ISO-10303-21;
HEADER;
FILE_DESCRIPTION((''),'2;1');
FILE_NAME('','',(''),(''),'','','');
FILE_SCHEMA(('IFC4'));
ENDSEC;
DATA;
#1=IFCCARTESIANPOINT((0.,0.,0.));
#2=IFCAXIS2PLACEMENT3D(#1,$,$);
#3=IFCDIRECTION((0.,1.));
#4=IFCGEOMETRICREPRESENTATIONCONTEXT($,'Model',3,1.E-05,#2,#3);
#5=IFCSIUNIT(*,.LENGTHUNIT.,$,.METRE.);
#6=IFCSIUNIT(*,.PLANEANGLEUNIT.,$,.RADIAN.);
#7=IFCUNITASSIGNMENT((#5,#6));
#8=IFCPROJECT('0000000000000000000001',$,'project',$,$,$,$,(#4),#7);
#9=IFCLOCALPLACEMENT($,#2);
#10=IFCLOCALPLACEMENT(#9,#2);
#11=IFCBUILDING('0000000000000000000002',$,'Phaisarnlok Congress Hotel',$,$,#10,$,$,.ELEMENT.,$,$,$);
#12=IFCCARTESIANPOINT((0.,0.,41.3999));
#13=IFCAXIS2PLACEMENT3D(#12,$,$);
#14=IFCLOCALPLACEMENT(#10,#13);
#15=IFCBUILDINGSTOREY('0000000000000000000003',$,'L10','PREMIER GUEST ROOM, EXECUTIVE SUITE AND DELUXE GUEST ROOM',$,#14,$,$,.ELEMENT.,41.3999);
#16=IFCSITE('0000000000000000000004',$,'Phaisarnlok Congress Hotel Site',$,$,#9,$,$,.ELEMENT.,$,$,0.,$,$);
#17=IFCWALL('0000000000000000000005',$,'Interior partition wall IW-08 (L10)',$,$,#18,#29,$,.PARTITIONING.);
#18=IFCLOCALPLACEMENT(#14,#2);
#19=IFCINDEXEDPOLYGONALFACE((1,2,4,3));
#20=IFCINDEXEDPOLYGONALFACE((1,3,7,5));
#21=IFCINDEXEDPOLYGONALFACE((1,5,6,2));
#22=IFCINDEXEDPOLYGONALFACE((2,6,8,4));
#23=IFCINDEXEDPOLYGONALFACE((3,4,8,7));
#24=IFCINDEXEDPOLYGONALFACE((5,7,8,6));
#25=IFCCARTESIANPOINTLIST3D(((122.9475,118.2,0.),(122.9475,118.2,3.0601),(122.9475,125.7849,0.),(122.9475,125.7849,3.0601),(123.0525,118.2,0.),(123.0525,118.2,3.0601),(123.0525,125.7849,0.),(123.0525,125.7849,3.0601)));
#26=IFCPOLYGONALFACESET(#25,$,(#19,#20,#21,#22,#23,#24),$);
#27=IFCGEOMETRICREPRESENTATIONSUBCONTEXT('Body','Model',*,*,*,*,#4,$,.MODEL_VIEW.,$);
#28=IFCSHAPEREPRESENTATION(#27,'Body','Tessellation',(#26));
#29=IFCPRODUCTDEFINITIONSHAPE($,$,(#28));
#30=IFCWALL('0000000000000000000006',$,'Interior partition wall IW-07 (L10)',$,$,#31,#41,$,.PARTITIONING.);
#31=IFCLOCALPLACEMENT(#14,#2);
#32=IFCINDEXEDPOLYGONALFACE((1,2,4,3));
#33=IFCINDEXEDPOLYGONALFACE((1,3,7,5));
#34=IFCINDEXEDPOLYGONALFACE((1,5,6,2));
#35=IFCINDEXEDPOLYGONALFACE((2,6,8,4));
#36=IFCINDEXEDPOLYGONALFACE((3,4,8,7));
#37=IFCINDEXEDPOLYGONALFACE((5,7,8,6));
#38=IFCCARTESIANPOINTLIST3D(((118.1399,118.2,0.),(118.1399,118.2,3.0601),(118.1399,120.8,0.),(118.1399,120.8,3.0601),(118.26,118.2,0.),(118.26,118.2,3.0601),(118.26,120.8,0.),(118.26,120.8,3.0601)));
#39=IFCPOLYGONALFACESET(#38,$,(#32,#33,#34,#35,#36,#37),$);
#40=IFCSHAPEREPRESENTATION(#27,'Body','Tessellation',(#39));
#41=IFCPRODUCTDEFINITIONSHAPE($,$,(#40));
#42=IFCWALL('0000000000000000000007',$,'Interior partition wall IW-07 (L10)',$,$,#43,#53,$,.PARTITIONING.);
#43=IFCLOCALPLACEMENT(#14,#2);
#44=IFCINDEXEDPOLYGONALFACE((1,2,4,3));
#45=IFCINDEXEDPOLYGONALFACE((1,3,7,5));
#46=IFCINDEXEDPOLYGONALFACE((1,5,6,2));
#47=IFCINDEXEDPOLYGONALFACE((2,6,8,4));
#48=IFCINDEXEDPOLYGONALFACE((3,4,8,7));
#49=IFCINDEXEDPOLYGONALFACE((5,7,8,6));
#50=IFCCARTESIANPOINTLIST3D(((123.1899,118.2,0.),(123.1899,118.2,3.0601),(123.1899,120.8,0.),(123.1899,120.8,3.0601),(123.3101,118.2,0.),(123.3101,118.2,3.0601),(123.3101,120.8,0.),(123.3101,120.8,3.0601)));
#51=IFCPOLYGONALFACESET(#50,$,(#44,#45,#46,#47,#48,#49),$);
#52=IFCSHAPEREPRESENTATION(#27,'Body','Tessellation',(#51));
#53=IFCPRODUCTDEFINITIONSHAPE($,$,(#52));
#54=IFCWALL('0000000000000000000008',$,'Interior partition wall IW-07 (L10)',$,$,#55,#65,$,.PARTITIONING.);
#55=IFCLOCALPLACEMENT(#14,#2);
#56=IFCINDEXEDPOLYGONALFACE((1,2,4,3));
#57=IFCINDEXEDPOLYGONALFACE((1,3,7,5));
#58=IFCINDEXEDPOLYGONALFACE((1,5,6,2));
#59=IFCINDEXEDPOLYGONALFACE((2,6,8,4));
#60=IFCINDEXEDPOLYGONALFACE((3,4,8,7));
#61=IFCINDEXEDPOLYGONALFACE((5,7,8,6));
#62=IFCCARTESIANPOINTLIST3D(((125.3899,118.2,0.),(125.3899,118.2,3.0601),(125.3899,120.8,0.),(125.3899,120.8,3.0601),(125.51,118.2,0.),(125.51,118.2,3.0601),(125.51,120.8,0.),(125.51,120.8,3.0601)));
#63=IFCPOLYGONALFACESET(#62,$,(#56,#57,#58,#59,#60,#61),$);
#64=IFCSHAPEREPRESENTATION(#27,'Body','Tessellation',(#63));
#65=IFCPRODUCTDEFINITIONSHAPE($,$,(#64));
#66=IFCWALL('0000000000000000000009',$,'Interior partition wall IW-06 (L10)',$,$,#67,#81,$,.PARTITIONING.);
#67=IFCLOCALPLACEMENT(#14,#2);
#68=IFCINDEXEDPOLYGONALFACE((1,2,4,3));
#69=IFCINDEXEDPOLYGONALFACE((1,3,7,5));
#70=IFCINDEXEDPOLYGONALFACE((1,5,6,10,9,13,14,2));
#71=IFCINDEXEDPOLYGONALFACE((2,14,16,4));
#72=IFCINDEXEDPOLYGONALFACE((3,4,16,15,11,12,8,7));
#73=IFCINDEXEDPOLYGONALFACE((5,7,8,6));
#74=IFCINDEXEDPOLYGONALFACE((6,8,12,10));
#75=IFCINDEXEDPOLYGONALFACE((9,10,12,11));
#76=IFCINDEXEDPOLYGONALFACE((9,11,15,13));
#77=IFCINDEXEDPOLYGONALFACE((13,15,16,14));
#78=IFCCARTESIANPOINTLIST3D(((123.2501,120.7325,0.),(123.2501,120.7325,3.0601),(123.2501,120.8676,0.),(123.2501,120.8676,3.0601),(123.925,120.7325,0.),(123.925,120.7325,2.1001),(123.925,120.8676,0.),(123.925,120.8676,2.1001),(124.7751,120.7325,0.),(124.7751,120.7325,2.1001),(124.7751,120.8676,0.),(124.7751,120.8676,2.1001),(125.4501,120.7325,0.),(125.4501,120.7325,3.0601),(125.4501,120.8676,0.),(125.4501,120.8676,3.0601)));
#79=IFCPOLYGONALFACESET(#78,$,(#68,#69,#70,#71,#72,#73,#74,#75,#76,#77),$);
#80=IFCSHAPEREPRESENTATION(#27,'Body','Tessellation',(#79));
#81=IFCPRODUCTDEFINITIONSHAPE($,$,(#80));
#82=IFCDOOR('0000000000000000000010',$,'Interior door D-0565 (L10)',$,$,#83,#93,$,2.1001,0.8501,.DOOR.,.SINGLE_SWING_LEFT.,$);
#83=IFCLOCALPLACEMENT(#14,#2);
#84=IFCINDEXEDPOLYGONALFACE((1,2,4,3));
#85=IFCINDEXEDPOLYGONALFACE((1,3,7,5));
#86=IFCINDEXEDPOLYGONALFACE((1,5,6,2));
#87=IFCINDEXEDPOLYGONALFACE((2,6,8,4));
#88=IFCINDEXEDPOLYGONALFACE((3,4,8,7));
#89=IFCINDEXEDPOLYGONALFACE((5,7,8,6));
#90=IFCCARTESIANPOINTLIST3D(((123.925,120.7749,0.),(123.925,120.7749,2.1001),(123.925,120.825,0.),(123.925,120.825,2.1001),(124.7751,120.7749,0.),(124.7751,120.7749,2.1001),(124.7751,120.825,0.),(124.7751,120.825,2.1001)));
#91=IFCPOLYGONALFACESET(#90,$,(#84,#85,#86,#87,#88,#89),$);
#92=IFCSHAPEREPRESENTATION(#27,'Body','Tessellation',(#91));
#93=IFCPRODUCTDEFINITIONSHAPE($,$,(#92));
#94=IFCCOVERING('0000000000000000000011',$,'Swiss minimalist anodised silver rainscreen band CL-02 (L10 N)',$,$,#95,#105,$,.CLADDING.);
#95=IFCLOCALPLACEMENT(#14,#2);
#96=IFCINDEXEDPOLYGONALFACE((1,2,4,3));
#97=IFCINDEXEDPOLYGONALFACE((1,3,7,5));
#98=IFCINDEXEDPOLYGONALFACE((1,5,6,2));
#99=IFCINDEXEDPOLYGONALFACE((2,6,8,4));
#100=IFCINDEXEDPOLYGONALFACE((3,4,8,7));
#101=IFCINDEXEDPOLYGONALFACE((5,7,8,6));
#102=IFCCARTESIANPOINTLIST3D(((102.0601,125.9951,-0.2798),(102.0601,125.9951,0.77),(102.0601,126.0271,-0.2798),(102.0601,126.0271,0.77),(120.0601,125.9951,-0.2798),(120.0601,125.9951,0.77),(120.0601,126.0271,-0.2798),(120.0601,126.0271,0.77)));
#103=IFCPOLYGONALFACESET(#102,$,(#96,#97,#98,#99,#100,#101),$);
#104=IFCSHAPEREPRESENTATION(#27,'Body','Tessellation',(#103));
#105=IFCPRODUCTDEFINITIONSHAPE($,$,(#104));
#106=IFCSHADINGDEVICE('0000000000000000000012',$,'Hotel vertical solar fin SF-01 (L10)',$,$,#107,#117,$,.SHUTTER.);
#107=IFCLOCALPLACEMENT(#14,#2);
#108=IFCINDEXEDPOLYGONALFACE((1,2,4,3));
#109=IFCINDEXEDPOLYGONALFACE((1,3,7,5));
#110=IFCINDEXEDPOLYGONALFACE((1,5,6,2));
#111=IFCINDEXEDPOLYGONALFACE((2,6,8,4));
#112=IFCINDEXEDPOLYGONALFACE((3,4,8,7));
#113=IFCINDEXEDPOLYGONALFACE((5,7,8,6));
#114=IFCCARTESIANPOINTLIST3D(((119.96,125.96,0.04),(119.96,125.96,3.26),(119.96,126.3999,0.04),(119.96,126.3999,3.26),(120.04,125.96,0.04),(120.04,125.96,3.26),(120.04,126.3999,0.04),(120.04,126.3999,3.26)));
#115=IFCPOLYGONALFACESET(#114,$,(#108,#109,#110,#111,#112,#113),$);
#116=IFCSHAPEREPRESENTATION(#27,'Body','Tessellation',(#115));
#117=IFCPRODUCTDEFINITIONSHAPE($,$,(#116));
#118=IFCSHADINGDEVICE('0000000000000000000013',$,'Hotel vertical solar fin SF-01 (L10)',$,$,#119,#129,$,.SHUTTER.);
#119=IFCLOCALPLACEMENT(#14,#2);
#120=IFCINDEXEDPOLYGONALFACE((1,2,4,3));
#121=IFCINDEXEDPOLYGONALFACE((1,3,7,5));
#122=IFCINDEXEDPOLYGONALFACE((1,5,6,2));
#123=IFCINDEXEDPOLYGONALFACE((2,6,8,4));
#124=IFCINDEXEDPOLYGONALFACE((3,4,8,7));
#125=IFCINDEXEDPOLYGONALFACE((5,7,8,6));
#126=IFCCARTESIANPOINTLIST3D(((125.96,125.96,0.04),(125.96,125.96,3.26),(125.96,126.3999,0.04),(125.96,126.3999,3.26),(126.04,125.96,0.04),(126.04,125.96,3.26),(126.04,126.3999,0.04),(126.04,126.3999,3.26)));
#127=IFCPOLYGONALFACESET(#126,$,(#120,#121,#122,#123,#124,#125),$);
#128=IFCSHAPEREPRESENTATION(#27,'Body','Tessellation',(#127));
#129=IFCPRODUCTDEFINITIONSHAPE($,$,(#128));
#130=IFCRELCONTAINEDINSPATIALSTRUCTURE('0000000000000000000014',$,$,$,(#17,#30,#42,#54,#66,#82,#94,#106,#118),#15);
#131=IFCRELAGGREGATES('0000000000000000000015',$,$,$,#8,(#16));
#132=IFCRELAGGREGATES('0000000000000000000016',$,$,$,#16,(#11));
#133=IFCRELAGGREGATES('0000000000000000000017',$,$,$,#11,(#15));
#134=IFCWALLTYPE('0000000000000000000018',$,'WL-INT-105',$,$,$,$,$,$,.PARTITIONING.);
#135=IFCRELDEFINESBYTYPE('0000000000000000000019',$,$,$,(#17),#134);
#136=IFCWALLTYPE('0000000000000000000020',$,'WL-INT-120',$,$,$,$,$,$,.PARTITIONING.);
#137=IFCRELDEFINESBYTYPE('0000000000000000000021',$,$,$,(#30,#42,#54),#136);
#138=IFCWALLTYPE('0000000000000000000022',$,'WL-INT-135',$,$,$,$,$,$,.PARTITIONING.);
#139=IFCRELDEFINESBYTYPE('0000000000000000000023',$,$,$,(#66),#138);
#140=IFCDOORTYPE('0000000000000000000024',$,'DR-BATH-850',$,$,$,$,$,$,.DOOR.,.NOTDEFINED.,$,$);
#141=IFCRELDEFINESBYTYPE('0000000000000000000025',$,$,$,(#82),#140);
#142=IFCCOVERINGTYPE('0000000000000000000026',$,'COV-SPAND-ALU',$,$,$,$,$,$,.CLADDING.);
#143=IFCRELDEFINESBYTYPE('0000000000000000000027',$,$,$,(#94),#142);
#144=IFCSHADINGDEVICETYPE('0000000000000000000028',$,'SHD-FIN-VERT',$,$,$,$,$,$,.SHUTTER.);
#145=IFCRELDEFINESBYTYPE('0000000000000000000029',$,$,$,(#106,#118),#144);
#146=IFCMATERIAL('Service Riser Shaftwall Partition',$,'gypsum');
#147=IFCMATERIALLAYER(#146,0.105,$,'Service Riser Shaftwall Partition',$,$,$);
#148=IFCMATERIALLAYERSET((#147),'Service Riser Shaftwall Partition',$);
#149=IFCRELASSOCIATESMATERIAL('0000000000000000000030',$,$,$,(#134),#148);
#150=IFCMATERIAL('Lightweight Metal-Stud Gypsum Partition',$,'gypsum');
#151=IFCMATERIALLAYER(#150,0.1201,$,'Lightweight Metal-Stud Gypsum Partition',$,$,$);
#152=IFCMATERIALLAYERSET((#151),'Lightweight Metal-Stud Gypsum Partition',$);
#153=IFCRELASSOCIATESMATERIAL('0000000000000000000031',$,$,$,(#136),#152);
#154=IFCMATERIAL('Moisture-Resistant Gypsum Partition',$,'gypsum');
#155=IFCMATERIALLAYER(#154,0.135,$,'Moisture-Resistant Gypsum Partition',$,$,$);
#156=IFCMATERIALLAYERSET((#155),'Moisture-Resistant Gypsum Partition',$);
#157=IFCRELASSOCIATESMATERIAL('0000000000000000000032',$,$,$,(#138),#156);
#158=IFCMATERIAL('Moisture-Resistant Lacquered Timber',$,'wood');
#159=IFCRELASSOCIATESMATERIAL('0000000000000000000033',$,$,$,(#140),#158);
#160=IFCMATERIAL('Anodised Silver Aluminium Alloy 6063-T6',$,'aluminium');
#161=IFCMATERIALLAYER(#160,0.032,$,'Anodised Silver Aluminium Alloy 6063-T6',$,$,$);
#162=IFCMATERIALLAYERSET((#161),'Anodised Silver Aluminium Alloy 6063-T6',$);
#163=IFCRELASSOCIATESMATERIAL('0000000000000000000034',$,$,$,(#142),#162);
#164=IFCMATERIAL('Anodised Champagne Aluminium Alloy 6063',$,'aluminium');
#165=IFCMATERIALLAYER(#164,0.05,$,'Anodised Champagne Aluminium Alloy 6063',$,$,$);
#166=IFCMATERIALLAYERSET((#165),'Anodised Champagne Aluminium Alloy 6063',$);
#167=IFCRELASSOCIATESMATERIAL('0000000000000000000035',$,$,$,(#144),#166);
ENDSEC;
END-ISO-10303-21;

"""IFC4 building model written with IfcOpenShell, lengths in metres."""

from ifc_helpers import new_model, si_unit, direction, frame, frame_2d, origin, origin_2d, place, context, subcontext, project, spatial, polyline, rectangle, outline, extrude, material, layer, layer_set, type_object, element, fill, save


model = new_model("IFC4")

# Units and contexts
model_context = context("Model", 3, precision=1e-05, world=origin(), true_north=direction((0.0, 1.0)))
body_context = subcontext(model_context, "Body", "Model", "MODEL_VIEW")
ifc_project = project(units=[si_unit("LENGTHUNIT", "METRE"), si_unit("PLANEANGLEUNIT", "RADIAN")], contexts=[model_context])

# Site, building, storey
site_placement = place(None, origin())
site = spatial("IfcSite", under=ifc_project, at=site_placement, Name="Phaisarnlok Congress Hotel Site", CompositionType="ELEMENT", RefElevation=0.0)
building_placement = place(site_placement, origin())
building = spatial("IfcBuilding", under=site, at=building_placement, Name="Phaisarnlok Congress Hotel", CompositionType="ELEMENT")
storey_placement = place(building_placement, frame((0.0, 0.0, 41.3999)))
storey = spatial("IfcBuildingStorey", under=building, at=storey_placement, Name="L10", Description="PREMIER GUEST ROOM, EXECUTIVE SUITE AND DELUXE GUEST ROOM", CompositionType="ELEMENT", Elevation=41.3999)

# Walls
ifc_material_1 = material(Name="Service Riser Shaftwall Partition", Category="gypsum")
ifc_layer_1 = layer(ifc_material_1, 0.105, Name="Service Riser Shaftwall Partition")
ifc_layer_set_1 = layer_set([ifc_layer_1], Name="Service Riser Shaftwall Partition")
wall_type_1 = type_object("IfcWallType", Name="WL-INT-105", PredefinedType="PARTITIONING", material=ifc_layer_set_1)
wall_1_placement = place(storey_placement, frame((123.0, 118.2, 0.0), z_axis=(0.0, 0.0, 1.0), x_axis=(0.0, 1.0, 0.0)))
element("IfcWall", 1, at=wall_1_placement, inside=storey, type_object=wall_type_1, Name="Interior partition wall IW-08 (L10)", PredefinedType="PARTITIONING", context=body_context, shape_type="SweptSolid", body=[
    extrude(rectangle(XDim=7.585, YDim=0.105, at=frame_2d((3.7925, 0.0))), origin(), (0.0, 0.0, 1.0), 3.0601),
])
ifc_material_2 = material(Name="Lightweight Metal-Stud Gypsum Partition", Category="gypsum")
ifc_layer_2 = layer(ifc_material_2, 0.1201, Name="Lightweight Metal-Stud Gypsum Partition")
ifc_layer_set_2 = layer_set([ifc_layer_2], Name="Lightweight Metal-Stud Gypsum Partition")
wall_type_2 = type_object("IfcWallType", Name="WL-INT-120", PredefinedType="PARTITIONING", material=ifc_layer_set_2)
for number, where, z_axis, x_axis, name in (
    (2, (118.2, 118.2, 0.0), (0.0, 0.0, 1.0), (0.0, 1.0, 0.0), "Interior partition wall IW-07 (L10)"),
    (3, (123.25, 118.2, 0.0), (0.0, 0.0, 1.0), (0.0, 1.0, 0.0), "Interior partition wall IW-07 (L10)"),
    (4, (125.45, 118.2, 0.0), (0.0, 0.0, 1.0), (0.0, 1.0, 0.0), "Interior partition wall IW-07 (L10)"),
):
    element("IfcWall", number, at=place(storey_placement, frame(where, z_axis=z_axis, x_axis=x_axis)), inside=storey, type_object=wall_type_2, Name=name, PredefinedType="PARTITIONING", context=body_context, shape_type="SweptSolid", body=[
        extrude(rectangle(XDim=2.6001, YDim=0.1201, at=frame_2d((1.3, 0.0))), origin(), (0.0, 0.0, 1.0), 3.0601),
    ])

# Wall, opening, door
ifc_material_3 = material(Name="Moisture-Resistant Gypsum Partition", Category="gypsum")
ifc_layer_3 = layer(ifc_material_3, 0.135, Name="Moisture-Resistant Gypsum Partition")
ifc_layer_set_3 = layer_set([ifc_layer_3], Name="Moisture-Resistant Gypsum Partition")
wall_type_3 = type_object("IfcWallType", Name="WL-INT-135", PredefinedType="PARTITIONING", material=ifc_layer_set_3)
wall_2_placement = place(storey_placement, frame((123.25, 120.8, 0.0), z_axis=(0.0, 0.0, 1.0), x_axis=(1.0, 0.0, 0.0)))
wall_2 = element("IfcWall", 5, at=wall_2_placement, inside=storey, type_object=wall_type_3, Name="Interior partition wall IW-06 (L10)", PredefinedType="PARTITIONING", context=body_context, shape_type="SweptSolid", body=[
    extrude(rectangle(XDim=2.2, YDim=0.135, at=frame_2d((1.1001, 0.0))), origin(), (0.0, 0.0, 1.0), 3.0601),
])
opening_1_placement = place(wall_2_placement, frame((0.675, 0.0, 0.0)))
opening_1 = element("IfcOpeningElement", 6, at=opening_1_placement, cuts=wall_2, PredefinedType="OPENING", context=body_context, shape_type="SweptSolid", body=[
    extrude(rectangle(XDim=0.8501, YDim=2.1001, at=frame_2d((0.425, 1.05))), frame((0.0, 0.0776, 0.0), z_axis=(0.0, -1.0, 0.0), x_axis=(1.0, 0.0, 0.0)), (0.0, 0.0, 1.0), 0.155),
])
ifc_material_4 = material(Name="Moisture-Resistant Lacquered Timber", Category="wood")
door_type = type_object("IfcDoorType", Name="DR-BATH-850", OperationType="NOTDEFINED", PredefinedType="DOOR", material=ifc_material_4)
door_placement = place(opening_1_placement, origin())
door = element("IfcDoor", 7, at=door_placement, inside=storey, type_object=door_type, Name="Interior door D-0565 (L10)", OperationType="SINGLE_SWING_LEFT", OverallHeight=2.1001, OverallWidth=0.8501, PredefinedType="DOOR", context=body_context, shape_type="SweptSolid", body=[
    extrude(rectangle(XDim=0.8501, YDim=2.1001, at=frame_2d((0.425, 1.05))), frame((0.0, 0.0249, 0.0), z_axis=(0.0, -1.0, 0.0), x_axis=(1.0, 0.0, 0.0)), (0.0, 0.0, 1.0), 0.05),
])
fill(opening_1, door)

# Covering
ifc_material_5 = material(Name="Anodised Silver Aluminium Alloy 6063-T6", Category="aluminium")
ifc_layer_4 = layer(ifc_material_5, 0.032, Name="Anodised Silver Aluminium Alloy 6063-T6")
ifc_layer_set_4 = layer_set([ifc_layer_4], Name="Anodised Silver Aluminium Alloy 6063-T6")
covering_type = type_object("IfcCoveringType", Name="COV-SPAND-ALU", PredefinedType="CLADDING", material=ifc_layer_set_4)
covering_placement = place(storey_placement, frame((120.0601, 125.9951, -0.2798), z_axis=(0.0, 1.0, 0.0), x_axis=(-1.0, 0.0, 0.0)))
element("IfcCovering", 8, at=covering_placement, inside=storey, type_object=covering_type, Name="Swiss minimalist anodised silver rainscreen band CL-02 (L10 N)", PredefinedType="CLADDING", context=body_context, shape_type="SweptSolid", body=[
    extrude(outline(polyline([(0.0, 0.0), (18.0, 0.0), (18.0, 1.0498), (0.0, 1.0498), (0.0, 0.0)])), origin(), (0.0, 0.0, 1.0), 0.032),
])

# Shading devices
ifc_material_6 = material(Name="Anodised Champagne Aluminium Alloy 6063", Category="aluminium")
ifc_layer_5 = layer(ifc_material_6, 0.05, Name="Anodised Champagne Aluminium Alloy 6063")
ifc_layer_set_5 = layer_set([ifc_layer_5], Name="Anodised Champagne Aluminium Alloy 6063")
shading_device_type = type_object("IfcShadingDeviceType", Name="SHD-FIN-VERT", PredefinedType="SHUTTER", material=ifc_layer_set_5)
for number, where, z_axis, x_axis, name in (
    (9, (120.0, 126.1799, 0.04), (0.0, 0.0, 1.0), (1.0, 0.0, 0.0), "Hotel vertical solar fin SF-01 (L10)"),
    (10, (126.0, 126.1799, 0.04), (0.0, 0.0, 1.0), (1.0, 0.0, 0.0), "Hotel vertical solar fin SF-01 (L10)"),
):
    element("IfcShadingDevice", number, at=place(storey_placement, frame(where, z_axis=z_axis, x_axis=x_axis)), inside=storey, type_object=shading_device_type, Name=name, PredefinedType="SHUTTER", context=body_context, shape_type="SweptSolid", body=[
        extrude(rectangle(XDim=0.0801, YDim=0.4399, at=origin_2d()), origin(), (0.0, 0.0, 1.0), 3.22),
    ])

save(model, "model.ifc")
